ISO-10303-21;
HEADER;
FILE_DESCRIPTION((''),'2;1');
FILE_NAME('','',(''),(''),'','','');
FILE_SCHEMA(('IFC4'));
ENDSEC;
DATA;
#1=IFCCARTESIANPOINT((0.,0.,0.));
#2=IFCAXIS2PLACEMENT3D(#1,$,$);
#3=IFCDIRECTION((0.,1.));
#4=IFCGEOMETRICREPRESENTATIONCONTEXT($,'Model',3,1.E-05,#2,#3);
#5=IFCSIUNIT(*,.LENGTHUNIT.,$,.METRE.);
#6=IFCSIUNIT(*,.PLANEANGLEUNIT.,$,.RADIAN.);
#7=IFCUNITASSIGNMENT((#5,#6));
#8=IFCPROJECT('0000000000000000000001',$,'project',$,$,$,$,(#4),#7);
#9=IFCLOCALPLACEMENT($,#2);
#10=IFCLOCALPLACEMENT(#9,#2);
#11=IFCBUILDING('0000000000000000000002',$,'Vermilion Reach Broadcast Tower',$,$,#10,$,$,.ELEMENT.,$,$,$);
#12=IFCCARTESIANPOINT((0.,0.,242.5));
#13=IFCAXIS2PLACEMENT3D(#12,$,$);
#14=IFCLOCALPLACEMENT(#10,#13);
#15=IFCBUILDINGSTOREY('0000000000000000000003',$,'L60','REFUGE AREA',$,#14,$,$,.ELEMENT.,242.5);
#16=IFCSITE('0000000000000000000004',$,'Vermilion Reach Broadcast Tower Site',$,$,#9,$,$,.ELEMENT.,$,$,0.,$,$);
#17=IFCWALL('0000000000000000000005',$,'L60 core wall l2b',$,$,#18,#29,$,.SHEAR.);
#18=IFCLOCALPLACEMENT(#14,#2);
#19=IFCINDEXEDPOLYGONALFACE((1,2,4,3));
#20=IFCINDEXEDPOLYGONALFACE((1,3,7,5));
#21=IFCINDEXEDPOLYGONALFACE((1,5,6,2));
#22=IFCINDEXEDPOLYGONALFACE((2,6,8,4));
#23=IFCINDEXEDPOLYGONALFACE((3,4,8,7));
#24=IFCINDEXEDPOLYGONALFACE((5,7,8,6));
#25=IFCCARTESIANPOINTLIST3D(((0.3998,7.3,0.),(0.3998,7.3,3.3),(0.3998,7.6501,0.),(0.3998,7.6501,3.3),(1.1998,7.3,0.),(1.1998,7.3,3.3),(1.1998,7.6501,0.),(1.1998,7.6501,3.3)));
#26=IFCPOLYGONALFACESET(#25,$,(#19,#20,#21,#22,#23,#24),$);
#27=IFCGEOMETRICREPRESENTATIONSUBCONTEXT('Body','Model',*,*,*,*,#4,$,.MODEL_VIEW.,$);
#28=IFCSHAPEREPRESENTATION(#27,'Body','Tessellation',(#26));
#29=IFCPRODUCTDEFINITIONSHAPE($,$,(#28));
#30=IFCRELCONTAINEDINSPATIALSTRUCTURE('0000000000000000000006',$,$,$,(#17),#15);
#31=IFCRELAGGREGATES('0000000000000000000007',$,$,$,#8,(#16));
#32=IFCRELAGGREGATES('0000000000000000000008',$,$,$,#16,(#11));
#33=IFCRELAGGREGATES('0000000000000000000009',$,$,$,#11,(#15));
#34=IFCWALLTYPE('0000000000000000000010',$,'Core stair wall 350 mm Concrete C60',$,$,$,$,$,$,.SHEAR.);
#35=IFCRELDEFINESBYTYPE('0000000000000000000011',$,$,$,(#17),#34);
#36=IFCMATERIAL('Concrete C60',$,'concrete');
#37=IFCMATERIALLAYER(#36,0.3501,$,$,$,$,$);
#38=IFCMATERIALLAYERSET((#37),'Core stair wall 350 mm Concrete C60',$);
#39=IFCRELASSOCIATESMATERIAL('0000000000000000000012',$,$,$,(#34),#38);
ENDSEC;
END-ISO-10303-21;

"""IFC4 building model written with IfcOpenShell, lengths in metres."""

from ifc_helpers import new_model, si_unit, direction, frame, frame_2d, origin, place, context, subcontext, project, spatial, rectangle, extrude, material, layer, layer_set, type_object, element, save


model = new_model("IFC4")

# Units and contexts
model_context = context("Model", 3, precision=1e-05, world=origin(), true_north=direction((0.0, 1.0)))
body_context = subcontext(model_context, "Body", "Model", "MODEL_VIEW")
ifc_project = project(units=[si_unit("LENGTHUNIT", "METRE"), si_unit("PLANEANGLEUNIT", "RADIAN")], contexts=[model_context])

# Site, building, storey
site_placement = place(None, origin())
site = spatial("IfcSite", under=ifc_project, at=site_placement, Name="Vermilion Reach Broadcast Tower Site", CompositionType="ELEMENT", RefElevation=0.0)
building_placement = place(site_placement, origin())
building = spatial("IfcBuilding", under=site, at=building_placement, Name="Vermilion Reach Broadcast Tower", CompositionType="ELEMENT")
storey_placement = place(building_placement, frame((0.0, 0.0, 242.5)))
storey = spatial("IfcBuildingStorey", under=building, at=storey_placement, Name="L60", Description="REFUGE AREA", CompositionType="ELEMENT", Elevation=242.5)

# Wall
ifc_material_1 = material(Name="Concrete C60", Category="concrete")
ifc_layer_1 = layer(ifc_material_1, 0.3501)
ifc_layer_set_1 = layer_set([ifc_layer_1], Name="Core stair wall 350 mm Concrete C60")
wall_type_1 = type_object("IfcWallType", Name="Core stair wall 350 mm Concrete C60", PredefinedType="SHEAR", material=ifc_layer_set_1)
wall_1_placement = place(storey_placement, frame((0.3999, 7.4751, 0.0), z_axis=(0.0, 0.0, 1.0), x_axis=(1.0, 0.0, 0.0)))
element("IfcWall", 1, at=wall_1_placement, inside=storey, type_object=wall_type_1, Name="L60 core wall l2b", PredefinedType="SHEAR", context=body_context, shape_type="SweptSolid", body=[
    extrude(rectangle(XDim=0.8, YDim=0.3501, at=frame_2d((0.3999, 0.0))), origin(), (0.0, 0.0, 1.0), 3.3),
])

save(model, "model.ifc")
